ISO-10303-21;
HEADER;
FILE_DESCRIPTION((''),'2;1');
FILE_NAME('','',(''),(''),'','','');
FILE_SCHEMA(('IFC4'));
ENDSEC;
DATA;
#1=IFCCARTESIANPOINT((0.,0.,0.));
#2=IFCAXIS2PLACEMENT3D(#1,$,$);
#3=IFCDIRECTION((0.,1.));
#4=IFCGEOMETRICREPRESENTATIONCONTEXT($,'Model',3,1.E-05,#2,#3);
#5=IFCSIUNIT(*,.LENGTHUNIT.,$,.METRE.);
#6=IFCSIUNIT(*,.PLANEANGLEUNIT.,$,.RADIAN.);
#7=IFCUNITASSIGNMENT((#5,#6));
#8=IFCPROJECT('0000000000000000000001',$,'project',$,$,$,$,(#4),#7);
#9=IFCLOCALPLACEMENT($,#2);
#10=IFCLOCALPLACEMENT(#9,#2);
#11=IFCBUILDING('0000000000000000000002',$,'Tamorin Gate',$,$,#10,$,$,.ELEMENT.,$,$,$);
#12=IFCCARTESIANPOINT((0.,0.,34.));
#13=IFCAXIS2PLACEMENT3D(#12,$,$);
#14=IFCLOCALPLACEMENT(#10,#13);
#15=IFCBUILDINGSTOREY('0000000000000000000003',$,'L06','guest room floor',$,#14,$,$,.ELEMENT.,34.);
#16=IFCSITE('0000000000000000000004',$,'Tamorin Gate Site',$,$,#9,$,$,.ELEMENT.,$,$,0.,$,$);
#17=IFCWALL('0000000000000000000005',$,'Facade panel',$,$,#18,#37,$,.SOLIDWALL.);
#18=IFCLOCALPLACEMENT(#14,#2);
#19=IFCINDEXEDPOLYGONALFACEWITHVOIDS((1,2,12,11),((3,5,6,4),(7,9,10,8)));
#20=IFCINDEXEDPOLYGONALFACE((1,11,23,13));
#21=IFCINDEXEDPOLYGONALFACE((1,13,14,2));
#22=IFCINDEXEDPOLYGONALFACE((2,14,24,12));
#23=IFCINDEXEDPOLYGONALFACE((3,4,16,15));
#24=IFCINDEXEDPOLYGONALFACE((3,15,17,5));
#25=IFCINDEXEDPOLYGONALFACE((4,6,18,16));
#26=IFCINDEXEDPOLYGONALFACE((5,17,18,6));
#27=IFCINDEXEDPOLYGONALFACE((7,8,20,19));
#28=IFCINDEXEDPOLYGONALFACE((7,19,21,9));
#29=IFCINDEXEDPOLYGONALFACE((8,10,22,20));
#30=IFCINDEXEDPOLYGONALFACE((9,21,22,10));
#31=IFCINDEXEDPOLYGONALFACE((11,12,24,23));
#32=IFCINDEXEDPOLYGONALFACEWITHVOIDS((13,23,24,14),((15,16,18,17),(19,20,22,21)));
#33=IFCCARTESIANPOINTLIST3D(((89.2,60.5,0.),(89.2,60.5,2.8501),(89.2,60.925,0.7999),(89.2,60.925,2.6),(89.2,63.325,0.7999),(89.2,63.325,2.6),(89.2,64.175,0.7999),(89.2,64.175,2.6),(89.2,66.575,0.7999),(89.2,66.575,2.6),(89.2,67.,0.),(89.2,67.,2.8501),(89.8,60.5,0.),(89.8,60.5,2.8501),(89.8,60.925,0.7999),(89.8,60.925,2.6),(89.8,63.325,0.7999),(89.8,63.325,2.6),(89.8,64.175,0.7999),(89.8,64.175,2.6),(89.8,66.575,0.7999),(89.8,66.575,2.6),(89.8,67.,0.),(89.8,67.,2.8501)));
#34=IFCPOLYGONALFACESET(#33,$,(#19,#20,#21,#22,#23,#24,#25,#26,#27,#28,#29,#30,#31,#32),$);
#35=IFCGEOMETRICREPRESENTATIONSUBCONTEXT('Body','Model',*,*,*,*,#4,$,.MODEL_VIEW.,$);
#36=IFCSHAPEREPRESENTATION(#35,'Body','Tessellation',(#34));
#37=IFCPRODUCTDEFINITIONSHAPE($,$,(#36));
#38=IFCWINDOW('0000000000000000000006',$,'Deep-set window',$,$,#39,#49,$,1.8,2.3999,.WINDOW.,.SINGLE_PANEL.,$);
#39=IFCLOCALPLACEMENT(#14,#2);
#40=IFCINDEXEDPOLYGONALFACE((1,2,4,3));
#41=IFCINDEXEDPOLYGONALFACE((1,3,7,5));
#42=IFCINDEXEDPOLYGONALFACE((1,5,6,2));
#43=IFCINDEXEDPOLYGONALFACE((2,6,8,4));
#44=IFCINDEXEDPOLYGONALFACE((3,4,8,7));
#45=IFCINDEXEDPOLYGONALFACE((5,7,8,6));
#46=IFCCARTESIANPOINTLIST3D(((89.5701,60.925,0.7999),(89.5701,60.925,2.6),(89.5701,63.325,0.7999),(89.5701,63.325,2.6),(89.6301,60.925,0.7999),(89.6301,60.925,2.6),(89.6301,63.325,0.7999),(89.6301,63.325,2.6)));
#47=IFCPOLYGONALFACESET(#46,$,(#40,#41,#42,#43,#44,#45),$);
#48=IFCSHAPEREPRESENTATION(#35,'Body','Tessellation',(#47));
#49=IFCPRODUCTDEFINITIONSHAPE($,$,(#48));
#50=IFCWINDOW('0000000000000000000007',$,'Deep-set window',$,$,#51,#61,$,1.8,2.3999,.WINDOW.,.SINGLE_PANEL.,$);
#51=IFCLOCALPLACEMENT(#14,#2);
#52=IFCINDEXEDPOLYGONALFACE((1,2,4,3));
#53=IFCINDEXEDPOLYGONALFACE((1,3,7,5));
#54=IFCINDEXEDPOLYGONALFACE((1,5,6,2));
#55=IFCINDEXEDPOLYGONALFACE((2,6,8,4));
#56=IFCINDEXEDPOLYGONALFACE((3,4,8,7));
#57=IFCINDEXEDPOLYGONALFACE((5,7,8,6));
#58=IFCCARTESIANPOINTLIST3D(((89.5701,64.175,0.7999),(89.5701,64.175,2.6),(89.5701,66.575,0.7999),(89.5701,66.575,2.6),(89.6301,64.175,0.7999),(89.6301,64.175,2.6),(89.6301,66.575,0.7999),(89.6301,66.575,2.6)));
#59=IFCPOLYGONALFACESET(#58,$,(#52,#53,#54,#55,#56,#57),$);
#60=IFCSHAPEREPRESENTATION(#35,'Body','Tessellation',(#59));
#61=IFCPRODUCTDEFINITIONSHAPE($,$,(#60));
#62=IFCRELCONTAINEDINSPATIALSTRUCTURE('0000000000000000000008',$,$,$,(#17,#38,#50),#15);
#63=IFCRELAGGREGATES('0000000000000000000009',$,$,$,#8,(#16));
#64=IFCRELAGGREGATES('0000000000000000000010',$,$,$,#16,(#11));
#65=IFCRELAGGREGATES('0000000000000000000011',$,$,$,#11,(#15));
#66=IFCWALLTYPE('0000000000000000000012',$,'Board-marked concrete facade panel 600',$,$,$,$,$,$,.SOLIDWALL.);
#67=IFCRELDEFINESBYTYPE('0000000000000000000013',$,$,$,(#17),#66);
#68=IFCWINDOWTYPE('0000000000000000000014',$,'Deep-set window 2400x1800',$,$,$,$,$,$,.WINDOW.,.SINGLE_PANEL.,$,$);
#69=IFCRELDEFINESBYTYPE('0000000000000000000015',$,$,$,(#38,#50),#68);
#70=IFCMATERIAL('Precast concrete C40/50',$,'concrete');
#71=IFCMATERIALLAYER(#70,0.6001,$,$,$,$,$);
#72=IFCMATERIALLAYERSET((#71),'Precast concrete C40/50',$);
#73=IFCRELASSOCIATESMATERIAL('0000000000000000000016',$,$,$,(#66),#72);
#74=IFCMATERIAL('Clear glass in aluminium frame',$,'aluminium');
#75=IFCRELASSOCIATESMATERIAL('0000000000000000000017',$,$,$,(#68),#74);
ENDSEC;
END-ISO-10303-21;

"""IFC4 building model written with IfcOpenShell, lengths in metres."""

from ifc_helpers import new_model, si_unit, direction, frame, frame_2d, origin, place, context, subcontext, project, spatial, rectangle, extrude, material, layer, layer_set, type_object, element, fill, save


model = new_model("IFC4")

# Units and contexts
model_context = context("Model", 3, precision=1e-05, world=origin(), true_north=direction((0.0, 1.0)))
body_context = subcontext(model_context, "Body", "Model", "MODEL_VIEW")
ifc_project = project(units=[si_unit("LENGTHUNIT", "METRE"), si_unit("PLANEANGLEUNIT", "RADIAN")], contexts=[model_context])

# Site, building, storey
site_placement = place(None, origin())
site = spatial("IfcSite", under=ifc_project, at=site_placement, Name="Tamorin Gate Site", CompositionType="ELEMENT", RefElevation=0.0)
building_placement = place(site_placement, origin())
building = spatial("IfcBuilding", under=site, at=building_placement, Name="Tamorin Gate", CompositionType="ELEMENT")
storey_placement = place(building_placement, frame((0.0, 0.0, 34.0)))
storey = spatial("IfcBuildingStorey", under=building, at=storey_placement, Name="L06", Description="guest room floor", CompositionType="ELEMENT", Elevation=34.0)

# Wall, openings, windows
ifc_material_1 = material(Name="Precast concrete C40/50", Category="concrete")
ifc_layer = layer(ifc_material_1, 0.6001)
ifc_layer_set = layer_set([ifc_layer], Name="Precast concrete C40/50")
wall_type = type_object("IfcWallType", Name="Board-marked concrete facade panel 600", PredefinedType="SOLIDWALL", material=ifc_layer_set)
ifc_material_2 = material(Name="Clear glass in aluminium frame", Category="aluminium")
window_type = type_object("IfcWindowType", Name="Deep-set window 2400x1800", PartitioningType="SINGLE_PANEL", PredefinedType="WINDOW", material=ifc_material_2)
wall_1_placement = place(storey_placement, frame((89.5, 60.5, 0.0), z_axis=(0.0, 0.0, 1.0), x_axis=(0.0, 1.0, 0.0)))
wall_1 = element("IfcWall", 1, at=wall_1_placement, inside=storey, type_object=wall_type, Name="Facade panel", PredefinedType="SOLIDWALL", context=body_context, shape_type="SweptSolid", body=[
    extrude(rectangle(XDim=6.5, YDim=0.6001, at=frame_2d((3.25, 0.0))), origin(), (0.0, 0.0, 1.0), 2.8501),
])
opening_1_placement = place(wall_1_placement, frame((0.425, 0.0, 0.8)))
opening_1 = element("IfcOpeningElement", 2, at=opening_1_placement, cuts=wall_1, PredefinedType="OPENING", context=body_context, shape_type="SweptSolid", body=[
    extrude(rectangle(XDim=2.3999, YDim=1.8, at=frame_2d((1.2, 0.8999))), frame((0.0, 0.3101, 0.0), z_axis=(0.0, -1.0, 0.0), x_axis=(1.0, 0.0, 0.0)), (0.0, 0.0, 1.0), 0.6201),
])
opening_2_placement = place(wall_1_placement, frame((3.675, 0.0, 0.8)))
opening_2 = element("IfcOpeningElement", 3, at=opening_2_placement, cuts=wall_1, PredefinedType="OPENING", context=body_context, shape_type="SweptSolid", body=[
    extrude(rectangle(XDim=2.3999, YDim=1.8, at=frame_2d((1.2, 0.8999))), frame((0.0, 0.3101, 0.0), z_axis=(0.0, -1.0, 0.0), x_axis=(1.0, 0.0, 0.0)), (0.0, 0.0, 1.0), 0.6201),
])
window_1_placement = place(opening_1_placement, origin())
window_1 = element("IfcWindow", 4, at=window_1_placement, inside=storey, type_object=window_type, Name="Deep-set window", OverallHeight=1.8, OverallWidth=2.3999, PartitioningType="SINGLE_PANEL", PredefinedType="WINDOW", context=body_context, shape_type="SweptSolid", body=[
    extrude(rectangle(XDim=2.3999, YDim=1.8, at=frame_2d((1.2, 0.8999))), frame((0.0, -0.0701, 0.0), z_axis=(0.0, -1.0, 0.0), x_axis=(1.0, 0.0, 0.0)), (0.0, 0.0, 1.0), 0.0601),
])
fill(opening_1, window_1)
window_2_placement = place(opening_2_placement, origin())
window_2 = element("IfcWindow", 5, at=window_2_placement, inside=storey, type_object=window_type, Name="Deep-set window", OverallHeight=1.8, OverallWidth=2.3999, PartitioningType="SINGLE_PANEL", PredefinedType="WINDOW", context=body_context, shape_type="SweptSolid", body=[
    extrude(rectangle(XDim=2.3999, YDim=1.8, at=frame_2d((1.2, 0.8999))), frame((0.0, -0.0701, 0.0), z_axis=(0.0, -1.0, 0.0), x_axis=(1.0, 0.0, 0.0)), (0.0, 0.0, 1.0), 0.0601),
])
fill(opening_2, window_2)

save(model, "model.ifc")
